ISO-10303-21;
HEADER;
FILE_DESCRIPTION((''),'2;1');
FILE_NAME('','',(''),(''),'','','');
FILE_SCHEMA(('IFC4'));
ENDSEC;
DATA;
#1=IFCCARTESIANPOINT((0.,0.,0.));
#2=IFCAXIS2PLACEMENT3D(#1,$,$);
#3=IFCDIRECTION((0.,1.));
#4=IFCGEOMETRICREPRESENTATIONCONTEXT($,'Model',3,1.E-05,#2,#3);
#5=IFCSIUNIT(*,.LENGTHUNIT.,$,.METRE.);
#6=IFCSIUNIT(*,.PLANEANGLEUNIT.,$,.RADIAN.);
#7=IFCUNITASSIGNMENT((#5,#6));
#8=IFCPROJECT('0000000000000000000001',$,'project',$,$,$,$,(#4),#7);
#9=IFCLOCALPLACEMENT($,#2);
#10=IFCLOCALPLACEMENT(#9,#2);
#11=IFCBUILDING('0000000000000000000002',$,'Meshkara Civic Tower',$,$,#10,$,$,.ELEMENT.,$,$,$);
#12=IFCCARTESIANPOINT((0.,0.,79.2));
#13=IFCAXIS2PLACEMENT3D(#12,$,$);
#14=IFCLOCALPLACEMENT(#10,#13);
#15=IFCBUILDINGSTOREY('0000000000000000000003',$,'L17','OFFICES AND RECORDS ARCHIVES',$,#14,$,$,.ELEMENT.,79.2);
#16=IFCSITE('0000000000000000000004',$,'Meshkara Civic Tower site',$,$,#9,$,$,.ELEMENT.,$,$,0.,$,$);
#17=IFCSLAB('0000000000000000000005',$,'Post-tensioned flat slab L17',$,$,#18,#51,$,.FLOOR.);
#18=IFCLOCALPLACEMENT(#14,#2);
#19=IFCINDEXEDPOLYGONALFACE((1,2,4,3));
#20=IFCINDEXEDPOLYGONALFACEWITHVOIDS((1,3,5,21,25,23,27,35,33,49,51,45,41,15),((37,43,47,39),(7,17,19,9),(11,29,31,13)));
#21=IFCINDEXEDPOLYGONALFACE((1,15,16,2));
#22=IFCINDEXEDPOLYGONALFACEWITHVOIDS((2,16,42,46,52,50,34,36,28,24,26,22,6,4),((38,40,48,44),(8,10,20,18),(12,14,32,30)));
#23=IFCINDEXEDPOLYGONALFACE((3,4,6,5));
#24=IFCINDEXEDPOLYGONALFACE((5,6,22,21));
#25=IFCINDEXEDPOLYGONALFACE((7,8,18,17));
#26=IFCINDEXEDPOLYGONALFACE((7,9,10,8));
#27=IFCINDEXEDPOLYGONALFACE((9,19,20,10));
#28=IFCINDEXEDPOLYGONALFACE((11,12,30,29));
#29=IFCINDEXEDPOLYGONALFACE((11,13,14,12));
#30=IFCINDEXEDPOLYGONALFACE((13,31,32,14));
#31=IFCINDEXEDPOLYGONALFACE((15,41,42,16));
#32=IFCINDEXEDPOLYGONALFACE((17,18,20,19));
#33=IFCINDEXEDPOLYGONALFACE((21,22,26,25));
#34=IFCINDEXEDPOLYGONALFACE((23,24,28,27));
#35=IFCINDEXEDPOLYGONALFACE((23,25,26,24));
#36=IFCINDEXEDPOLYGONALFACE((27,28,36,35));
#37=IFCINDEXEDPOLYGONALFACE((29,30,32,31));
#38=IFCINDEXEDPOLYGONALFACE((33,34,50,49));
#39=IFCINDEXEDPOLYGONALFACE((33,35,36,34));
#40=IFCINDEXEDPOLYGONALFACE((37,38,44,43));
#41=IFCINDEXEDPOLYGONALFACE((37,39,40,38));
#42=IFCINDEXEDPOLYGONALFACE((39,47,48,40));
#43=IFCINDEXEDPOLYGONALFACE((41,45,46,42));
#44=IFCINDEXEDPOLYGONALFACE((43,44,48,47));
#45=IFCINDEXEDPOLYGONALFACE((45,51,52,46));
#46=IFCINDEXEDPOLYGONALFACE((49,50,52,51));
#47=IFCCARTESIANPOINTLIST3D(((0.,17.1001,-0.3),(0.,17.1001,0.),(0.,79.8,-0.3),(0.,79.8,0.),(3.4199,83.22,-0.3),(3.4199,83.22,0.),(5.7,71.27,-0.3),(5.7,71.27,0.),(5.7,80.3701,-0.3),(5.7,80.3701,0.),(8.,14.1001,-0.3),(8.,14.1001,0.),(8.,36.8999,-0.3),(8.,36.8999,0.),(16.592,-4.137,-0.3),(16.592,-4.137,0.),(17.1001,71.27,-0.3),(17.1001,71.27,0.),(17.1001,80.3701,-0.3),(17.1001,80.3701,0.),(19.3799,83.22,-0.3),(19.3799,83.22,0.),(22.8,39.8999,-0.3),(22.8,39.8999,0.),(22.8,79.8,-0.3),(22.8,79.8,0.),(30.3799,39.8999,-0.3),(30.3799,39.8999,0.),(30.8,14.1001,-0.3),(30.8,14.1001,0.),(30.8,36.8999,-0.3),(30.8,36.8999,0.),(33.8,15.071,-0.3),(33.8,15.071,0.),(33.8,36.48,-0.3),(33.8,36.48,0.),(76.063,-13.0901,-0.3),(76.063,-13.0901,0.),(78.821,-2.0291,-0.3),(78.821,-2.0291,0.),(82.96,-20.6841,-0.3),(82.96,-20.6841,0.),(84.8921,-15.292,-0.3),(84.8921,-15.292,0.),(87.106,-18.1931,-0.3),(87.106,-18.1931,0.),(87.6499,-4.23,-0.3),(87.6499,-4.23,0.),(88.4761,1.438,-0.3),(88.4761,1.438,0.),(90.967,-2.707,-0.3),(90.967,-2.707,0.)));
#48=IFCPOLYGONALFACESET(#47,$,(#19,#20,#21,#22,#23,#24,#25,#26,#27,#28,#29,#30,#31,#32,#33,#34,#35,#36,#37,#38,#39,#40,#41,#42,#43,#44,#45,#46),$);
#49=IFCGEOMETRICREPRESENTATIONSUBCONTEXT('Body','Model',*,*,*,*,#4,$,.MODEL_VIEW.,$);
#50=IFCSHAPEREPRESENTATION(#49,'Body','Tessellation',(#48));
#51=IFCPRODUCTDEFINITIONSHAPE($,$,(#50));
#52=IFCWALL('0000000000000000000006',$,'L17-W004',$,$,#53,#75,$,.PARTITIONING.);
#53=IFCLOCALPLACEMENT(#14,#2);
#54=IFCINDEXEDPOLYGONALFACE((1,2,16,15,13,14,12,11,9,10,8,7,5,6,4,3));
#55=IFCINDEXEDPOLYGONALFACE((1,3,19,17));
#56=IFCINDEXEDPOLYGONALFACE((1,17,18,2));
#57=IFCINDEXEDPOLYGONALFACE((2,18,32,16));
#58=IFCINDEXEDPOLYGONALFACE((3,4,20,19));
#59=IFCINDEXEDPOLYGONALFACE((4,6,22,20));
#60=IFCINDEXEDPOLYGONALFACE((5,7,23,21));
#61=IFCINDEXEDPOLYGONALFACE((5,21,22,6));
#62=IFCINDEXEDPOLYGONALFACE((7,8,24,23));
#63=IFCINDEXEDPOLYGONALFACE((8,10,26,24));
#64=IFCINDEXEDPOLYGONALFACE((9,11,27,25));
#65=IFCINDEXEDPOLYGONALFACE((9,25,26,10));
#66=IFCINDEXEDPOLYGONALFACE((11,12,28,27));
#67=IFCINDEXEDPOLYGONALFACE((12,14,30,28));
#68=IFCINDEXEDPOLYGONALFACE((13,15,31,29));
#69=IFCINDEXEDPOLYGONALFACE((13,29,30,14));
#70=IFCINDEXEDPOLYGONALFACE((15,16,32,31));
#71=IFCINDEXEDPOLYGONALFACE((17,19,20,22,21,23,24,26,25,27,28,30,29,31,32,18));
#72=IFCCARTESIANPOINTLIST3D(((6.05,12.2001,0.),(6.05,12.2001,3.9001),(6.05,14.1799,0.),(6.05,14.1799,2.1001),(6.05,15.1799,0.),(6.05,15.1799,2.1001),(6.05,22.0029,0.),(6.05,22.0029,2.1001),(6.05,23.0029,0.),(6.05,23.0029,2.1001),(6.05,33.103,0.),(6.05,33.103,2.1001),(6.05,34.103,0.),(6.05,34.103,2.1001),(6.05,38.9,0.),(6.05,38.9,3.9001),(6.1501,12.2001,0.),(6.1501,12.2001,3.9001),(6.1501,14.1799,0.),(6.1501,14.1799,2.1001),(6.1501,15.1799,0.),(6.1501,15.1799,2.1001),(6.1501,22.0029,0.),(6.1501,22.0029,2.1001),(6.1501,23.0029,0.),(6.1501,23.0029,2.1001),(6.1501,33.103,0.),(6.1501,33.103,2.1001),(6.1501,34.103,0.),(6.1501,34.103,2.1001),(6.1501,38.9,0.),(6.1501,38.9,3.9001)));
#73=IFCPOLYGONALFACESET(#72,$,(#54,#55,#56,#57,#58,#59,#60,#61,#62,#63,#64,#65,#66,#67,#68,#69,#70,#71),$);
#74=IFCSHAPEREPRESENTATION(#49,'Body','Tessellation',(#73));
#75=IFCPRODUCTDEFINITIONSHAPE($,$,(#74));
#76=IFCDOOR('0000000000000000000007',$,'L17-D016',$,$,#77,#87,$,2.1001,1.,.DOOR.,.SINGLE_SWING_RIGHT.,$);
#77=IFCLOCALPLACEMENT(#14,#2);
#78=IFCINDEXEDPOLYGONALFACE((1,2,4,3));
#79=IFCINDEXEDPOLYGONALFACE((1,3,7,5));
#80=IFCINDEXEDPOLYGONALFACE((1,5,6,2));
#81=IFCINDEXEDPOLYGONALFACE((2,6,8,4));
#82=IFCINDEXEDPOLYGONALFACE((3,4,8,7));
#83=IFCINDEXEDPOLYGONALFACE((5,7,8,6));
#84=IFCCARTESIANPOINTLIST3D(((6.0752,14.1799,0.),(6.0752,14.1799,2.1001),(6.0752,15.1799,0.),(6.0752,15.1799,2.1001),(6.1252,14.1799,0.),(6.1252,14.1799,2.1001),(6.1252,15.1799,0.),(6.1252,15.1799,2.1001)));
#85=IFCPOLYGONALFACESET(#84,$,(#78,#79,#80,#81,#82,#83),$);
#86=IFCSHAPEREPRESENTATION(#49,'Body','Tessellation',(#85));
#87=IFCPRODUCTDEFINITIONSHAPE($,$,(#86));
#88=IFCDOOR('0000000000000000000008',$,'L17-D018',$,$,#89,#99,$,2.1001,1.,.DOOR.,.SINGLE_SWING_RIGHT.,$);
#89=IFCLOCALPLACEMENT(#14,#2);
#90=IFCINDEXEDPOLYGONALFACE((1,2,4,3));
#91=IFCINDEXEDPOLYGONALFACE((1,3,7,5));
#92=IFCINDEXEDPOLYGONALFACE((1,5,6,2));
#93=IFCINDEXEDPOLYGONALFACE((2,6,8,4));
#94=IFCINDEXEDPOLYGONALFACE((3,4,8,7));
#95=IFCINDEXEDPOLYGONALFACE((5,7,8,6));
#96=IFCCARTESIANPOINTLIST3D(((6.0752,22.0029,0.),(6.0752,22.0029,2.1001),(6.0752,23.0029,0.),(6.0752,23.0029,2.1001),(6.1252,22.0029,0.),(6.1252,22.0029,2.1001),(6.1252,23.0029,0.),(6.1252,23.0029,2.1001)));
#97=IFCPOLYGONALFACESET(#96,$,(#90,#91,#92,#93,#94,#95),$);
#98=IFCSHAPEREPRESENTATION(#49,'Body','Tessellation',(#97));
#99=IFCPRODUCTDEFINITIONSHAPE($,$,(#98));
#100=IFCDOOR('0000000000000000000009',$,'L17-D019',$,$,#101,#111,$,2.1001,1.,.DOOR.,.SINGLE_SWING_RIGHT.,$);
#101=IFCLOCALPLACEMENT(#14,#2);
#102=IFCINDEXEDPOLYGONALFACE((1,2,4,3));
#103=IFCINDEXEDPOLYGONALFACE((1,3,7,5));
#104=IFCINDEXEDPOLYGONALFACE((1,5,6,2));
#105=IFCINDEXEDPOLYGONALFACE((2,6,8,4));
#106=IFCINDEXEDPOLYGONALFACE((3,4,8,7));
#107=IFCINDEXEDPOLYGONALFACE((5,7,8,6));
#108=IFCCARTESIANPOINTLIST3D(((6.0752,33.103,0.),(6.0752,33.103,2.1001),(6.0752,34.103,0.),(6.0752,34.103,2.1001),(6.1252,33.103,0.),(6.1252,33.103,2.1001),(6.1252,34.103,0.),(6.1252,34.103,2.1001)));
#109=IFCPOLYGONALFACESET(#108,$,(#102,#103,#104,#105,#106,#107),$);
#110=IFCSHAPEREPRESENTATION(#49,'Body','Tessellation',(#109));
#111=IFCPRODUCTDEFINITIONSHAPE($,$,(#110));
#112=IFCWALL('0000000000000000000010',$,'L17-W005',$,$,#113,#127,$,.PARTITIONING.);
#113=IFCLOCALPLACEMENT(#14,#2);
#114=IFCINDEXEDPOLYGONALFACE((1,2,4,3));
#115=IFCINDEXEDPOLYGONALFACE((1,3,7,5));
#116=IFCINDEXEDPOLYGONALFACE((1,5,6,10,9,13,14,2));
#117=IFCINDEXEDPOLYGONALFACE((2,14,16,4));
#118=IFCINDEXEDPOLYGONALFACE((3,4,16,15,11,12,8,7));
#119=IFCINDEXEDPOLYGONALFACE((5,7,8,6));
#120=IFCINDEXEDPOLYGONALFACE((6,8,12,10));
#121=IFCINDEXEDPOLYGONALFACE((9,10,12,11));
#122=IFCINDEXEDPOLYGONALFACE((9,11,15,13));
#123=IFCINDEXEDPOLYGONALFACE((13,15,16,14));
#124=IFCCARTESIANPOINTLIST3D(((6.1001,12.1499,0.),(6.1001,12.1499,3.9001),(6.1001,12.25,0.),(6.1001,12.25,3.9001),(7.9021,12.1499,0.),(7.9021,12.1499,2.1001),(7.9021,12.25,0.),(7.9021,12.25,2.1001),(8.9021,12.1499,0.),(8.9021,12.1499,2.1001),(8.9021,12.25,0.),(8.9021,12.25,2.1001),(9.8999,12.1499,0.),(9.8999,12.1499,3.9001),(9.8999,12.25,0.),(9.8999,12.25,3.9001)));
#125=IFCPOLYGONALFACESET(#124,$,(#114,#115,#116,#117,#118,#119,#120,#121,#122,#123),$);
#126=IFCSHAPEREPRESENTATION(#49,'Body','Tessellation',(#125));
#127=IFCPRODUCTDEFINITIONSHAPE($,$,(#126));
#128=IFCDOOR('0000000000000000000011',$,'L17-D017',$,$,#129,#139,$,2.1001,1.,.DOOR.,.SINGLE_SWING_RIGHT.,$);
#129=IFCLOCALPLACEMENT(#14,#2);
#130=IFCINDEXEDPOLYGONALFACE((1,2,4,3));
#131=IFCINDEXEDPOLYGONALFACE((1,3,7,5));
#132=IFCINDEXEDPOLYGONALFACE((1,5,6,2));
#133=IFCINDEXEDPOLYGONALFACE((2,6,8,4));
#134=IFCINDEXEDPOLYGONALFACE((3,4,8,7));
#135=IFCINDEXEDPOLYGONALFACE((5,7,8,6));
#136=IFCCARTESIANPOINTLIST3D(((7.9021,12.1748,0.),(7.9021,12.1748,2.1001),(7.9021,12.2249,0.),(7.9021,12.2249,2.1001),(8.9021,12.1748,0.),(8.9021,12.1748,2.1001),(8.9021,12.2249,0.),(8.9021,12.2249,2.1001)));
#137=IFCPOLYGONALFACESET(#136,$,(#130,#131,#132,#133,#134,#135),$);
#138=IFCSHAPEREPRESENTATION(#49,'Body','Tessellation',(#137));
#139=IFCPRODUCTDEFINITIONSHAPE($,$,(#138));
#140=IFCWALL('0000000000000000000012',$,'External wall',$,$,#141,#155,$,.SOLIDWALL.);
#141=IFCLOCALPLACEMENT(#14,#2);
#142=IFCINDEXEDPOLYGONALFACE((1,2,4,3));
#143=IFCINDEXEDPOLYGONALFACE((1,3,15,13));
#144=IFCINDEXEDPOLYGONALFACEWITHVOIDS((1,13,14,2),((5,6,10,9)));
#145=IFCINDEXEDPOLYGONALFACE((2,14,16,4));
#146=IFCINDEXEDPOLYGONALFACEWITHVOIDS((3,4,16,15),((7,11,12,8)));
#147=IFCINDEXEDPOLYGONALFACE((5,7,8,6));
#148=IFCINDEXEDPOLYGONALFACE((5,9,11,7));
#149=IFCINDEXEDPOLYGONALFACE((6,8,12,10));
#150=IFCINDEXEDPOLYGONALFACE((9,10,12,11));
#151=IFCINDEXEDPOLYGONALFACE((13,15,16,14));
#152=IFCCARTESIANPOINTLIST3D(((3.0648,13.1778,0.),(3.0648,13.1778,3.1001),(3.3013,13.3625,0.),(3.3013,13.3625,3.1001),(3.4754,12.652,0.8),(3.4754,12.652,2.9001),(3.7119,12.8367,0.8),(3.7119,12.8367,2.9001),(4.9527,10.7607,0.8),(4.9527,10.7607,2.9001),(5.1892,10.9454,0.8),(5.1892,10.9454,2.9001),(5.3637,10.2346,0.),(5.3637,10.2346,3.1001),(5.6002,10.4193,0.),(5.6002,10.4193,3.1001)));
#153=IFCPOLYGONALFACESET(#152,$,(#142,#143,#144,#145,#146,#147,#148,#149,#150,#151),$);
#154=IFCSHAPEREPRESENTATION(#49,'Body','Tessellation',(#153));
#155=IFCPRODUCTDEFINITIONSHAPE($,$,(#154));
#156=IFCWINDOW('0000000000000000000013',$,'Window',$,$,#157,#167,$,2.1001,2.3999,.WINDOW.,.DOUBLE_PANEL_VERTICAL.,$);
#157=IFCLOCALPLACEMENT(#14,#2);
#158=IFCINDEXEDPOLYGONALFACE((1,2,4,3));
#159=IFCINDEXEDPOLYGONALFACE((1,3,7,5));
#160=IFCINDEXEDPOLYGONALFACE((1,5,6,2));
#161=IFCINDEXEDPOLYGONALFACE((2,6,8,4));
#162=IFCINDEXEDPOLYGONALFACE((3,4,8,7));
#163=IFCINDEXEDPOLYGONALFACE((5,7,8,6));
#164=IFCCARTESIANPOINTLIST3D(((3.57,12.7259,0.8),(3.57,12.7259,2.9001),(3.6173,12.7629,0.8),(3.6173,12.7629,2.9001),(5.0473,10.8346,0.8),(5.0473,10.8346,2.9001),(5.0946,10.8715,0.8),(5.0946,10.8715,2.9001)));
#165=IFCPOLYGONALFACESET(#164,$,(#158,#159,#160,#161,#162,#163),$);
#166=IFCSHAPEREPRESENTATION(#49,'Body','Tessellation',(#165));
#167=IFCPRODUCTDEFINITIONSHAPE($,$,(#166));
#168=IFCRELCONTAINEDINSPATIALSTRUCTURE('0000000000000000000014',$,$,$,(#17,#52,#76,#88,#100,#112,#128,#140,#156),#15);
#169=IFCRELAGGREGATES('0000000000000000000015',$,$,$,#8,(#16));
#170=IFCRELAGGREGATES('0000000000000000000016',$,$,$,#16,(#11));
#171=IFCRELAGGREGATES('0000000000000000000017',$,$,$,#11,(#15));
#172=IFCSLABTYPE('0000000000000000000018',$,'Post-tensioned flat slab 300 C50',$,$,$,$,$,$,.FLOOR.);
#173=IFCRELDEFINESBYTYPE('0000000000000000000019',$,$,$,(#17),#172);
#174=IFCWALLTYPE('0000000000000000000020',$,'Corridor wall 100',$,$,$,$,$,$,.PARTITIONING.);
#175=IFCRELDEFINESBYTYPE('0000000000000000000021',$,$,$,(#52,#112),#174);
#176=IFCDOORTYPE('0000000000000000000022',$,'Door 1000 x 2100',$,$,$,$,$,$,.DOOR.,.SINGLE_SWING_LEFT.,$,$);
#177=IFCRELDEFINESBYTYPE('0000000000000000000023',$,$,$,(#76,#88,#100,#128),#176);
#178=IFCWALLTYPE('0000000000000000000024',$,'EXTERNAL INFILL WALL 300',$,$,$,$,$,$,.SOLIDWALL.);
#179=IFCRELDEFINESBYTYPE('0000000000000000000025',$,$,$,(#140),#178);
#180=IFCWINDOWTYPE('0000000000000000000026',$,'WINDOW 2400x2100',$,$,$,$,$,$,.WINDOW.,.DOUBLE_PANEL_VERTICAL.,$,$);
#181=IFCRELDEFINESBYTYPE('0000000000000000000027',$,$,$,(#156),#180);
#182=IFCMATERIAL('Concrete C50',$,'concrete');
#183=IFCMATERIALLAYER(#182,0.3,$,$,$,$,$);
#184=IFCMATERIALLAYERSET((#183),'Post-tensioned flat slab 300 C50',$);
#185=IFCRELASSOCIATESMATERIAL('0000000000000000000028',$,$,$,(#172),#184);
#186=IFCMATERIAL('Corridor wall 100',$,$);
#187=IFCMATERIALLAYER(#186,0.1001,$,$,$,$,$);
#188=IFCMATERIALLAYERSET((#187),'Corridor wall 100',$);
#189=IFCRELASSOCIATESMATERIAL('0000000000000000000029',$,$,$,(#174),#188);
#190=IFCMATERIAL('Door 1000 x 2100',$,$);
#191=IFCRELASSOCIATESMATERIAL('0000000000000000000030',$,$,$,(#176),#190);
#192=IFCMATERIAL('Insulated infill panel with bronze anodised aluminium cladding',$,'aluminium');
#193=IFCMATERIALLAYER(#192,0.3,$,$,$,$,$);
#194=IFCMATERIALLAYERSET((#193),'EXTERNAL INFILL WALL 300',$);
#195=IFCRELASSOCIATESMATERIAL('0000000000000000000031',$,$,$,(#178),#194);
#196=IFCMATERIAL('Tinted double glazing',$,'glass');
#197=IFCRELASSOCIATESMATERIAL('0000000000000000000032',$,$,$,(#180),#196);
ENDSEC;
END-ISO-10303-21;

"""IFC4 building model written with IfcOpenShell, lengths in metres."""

from ifc_helpers import new_model, si_unit, direction, frame, frame_2d, origin, place, context, subcontext, project, spatial, polyline, rectangle, outline, extrude, material, layer, layer_set, type_object, element, fill, save


model = new_model("IFC4")

# Units and contexts
model_context = context("Model", 3, precision=1e-05, world=origin(), true_north=direction((0.0, 1.0)))
body_context = subcontext(model_context, "Body", "Model", "MODEL_VIEW")
ifc_project = project(units=[si_unit("LENGTHUNIT", "METRE"), si_unit("PLANEANGLEUNIT", "RADIAN")], contexts=[model_context])

# Site, building, storey
site_placement = place(None, origin())
site = spatial("IfcSite", under=ifc_project, at=site_placement, Name="Meshkara Civic Tower site", CompositionType="ELEMENT", RefElevation=0.0)
building_placement = place(site_placement, origin())
building = spatial("IfcBuilding", under=site, at=building_placement, Name="Meshkara Civic Tower", CompositionType="ELEMENT")
storey_placement = place(building_placement, frame((0.0, 0.0, 79.2)))
storey = spatial("IfcBuildingStorey", under=building, at=storey_placement, Name="L17", Description="OFFICES AND RECORDS ARCHIVES", CompositionType="ELEMENT", Elevation=79.2)

# Slab
ifc_material_1 = material(Name="Concrete C50", Category="concrete")
ifc_layer_1 = layer(ifc_material_1, 0.3)
ifc_layer_set_1 = layer_set([ifc_layer_1], Name="Post-tensioned flat slab 300 C50")
slab_type_1 = type_object("IfcSlabType", Name="Post-tensioned flat slab 300 C50", PredefinedType="FLOOR", material=ifc_layer_set_1)
slab_1_placement = place(storey_placement, frame((0.0, 0.0, -0.3)))
element("IfcSlab", 1, at=slab_1_placement, inside=storey, type_object=slab_type_1, Name="Post-tensioned flat slab L17", PredefinedType="FLOOR", context=body_context, shape_type="SweptSolid", body=[
    extrude(outline(polyline([(87.106, -18.1931), (82.96, -20.6841), (16.592, -4.137), (0.0, 17.1001), (0.0, 79.8), (3.4199, 83.22), (19.3799, 83.22), (22.8, 79.8), (22.8, 39.8999), (30.3799, 39.8999), (33.8, 36.48), (33.8, 15.071), (88.4761, 1.438), (90.967, -2.707), (87.106, -18.1931)]), holes=[polyline([(84.8921, -15.292), (87.6499, -4.23), (78.821, -2.0291), (76.063, -13.0901), (84.8921, -15.292)]), polyline([(8.0, 14.1001), (30.8, 14.1001), (30.8, 36.8999), (8.0, 36.8999), (8.0, 14.1001)]), polyline([(5.7, 80.3701), (5.7, 71.27), (17.1001, 71.27), (17.1001, 80.3701), (5.7, 80.3701)])]), origin(), (0.0, 0.0, 1.0), 0.3),
])

# Wall, openings, doors
ifc_material_2 = material(Name="Corridor wall 100")
ifc_layer_2 = layer(ifc_material_2, 0.1001)
ifc_layer_set_2 = layer_set([ifc_layer_2], Name="Corridor wall 100")
wall_type_1 = type_object("IfcWallType", Name="Corridor wall 100", PredefinedType="PARTITIONING", material=ifc_layer_set_2)
wall_1_placement = place(storey_placement, frame((6.1001, 12.2, 0.0), z_axis=(0.0, 0.0, 1.0), x_axis=(0.0, 1.0, 0.0)))
wall_1 = element("IfcWall", 2, at=wall_1_placement, inside=storey, type_object=wall_type_1, Name="L17-W004", PredefinedType="PARTITIONING", context=body_context, shape_type="SweptSolid", body=[
    extrude(rectangle(XDim=26.7, YDim=0.1001, at=frame_2d((13.3501, 0.0))), origin(), (0.0, 0.0, 1.0), 3.9001),
])
opening_1_placement = place(wall_1_placement, frame((1.98, 0.0, 0.0)))
opening_1 = element("IfcOpeningElement", 3, at=opening_1_placement, cuts=wall_1, PredefinedType="OPENING", context=body_context, shape_type="SweptSolid", body=[
    extrude(rectangle(XDim=1.0, YDim=2.1001, at=frame_2d((0.5, 1.05))), frame((0.0, 0.0601, 0.0), z_axis=(0.0, -1.0, 0.0), x_axis=(1.0, 0.0, 0.0)), (0.0, 0.0, 1.0), 0.1201),
])
opening_2_placement = place(wall_1_placement, frame((9.803, 0.0, 0.0)))
opening_2 = element("IfcOpeningElement", 4, at=opening_2_placement, cuts=wall_1, PredefinedType="OPENING", context=body_context, shape_type="SweptSolid", body=[
    extrude(rectangle(XDim=1.0, YDim=2.1001, at=frame_2d((0.5, 1.05))), frame((0.0, 0.0601, 0.0), z_axis=(0.0, -1.0, 0.0), x_axis=(1.0, 0.0, 0.0)), (0.0, 0.0, 1.0), 0.1201),
])
opening_3_placement = place(wall_1_placement, frame((20.9031, 0.0, 0.0)))
opening_3 = element("IfcOpeningElement", 5, at=opening_3_placement, cuts=wall_1, PredefinedType="OPENING", context=body_context, shape_type="SweptSolid", body=[
    extrude(rectangle(XDim=1.0, YDim=2.1001, at=frame_2d((0.5, 1.05))), frame((0.0, 0.0601, 0.0), z_axis=(0.0, -1.0, 0.0), x_axis=(1.0, 0.0, 0.0)), (0.0, 0.0, 1.0), 0.1201),
])
ifc_material_3 = material(Name="Door 1000 x 2100")
door_type = type_object("IfcDoorType", Name="Door 1000 x 2100", OperationType="SINGLE_SWING_LEFT", PredefinedType="DOOR", material=ifc_material_3)
door_1_placement = place(opening_1_placement, origin())
door_1 = element("IfcDoor", 6, at=door_1_placement, inside=storey, type_object=door_type, Name="L17-D016", OperationType="SINGLE_SWING_RIGHT", OverallHeight=2.1001, OverallWidth=1.0, PredefinedType="DOOR", context=body_context, shape_type="SweptSolid", body=[
    extrude(rectangle(XDim=1.0, YDim=2.1001, at=frame_2d((0.5, 1.05))), frame((0.0, 0.0249, 0.0), z_axis=(0.0, -1.0, 0.0), x_axis=(1.0, 0.0, 0.0)), (0.0, 0.0, 1.0), 0.05),
])
fill(opening_1, door_1)
door_2_placement = place(opening_2_placement, origin())
door_2 = element("IfcDoor", 7, at=door_2_placement, inside=storey, type_object=door_type, Name="L17-D018", OperationType="SINGLE_SWING_RIGHT", OverallHeight=2.1001, OverallWidth=1.0, PredefinedType="DOOR", context=body_context, shape_type="SweptSolid", body=[
    extrude(rectangle(XDim=1.0, YDim=2.1001, at=frame_2d((0.5, 1.05))), frame((0.0, 0.0249, 0.0), z_axis=(0.0, -1.0, 0.0), x_axis=(1.0, 0.0, 0.0)), (0.0, 0.0, 1.0), 0.05),
])
fill(opening_2, door_2)
door_3_placement = place(opening_3_placement, origin())
door_3 = element("IfcDoor", 8, at=door_3_placement, inside=storey, type_object=door_type, Name="L17-D019", OperationType="SINGLE_SWING_RIGHT", OverallHeight=2.1001, OverallWidth=1.0, PredefinedType="DOOR", context=body_context, shape_type="SweptSolid", body=[
    extrude(rectangle(XDim=1.0, YDim=2.1001, at=frame_2d((0.5, 1.05))), frame((0.0, 0.0249, 0.0), z_axis=(0.0, -1.0, 0.0), x_axis=(1.0, 0.0, 0.0)), (0.0, 0.0, 1.0), 0.05),
])
fill(opening_3, door_3)

# Wall, opening, door
wall_2_placement = place(storey_placement, frame((6.1001, 12.2, 0.0), z_axis=(0.0, 0.0, 1.0), x_axis=(1.0, 0.0, 0.0)))
wall_2 = element("IfcWall", 9, at=wall_2_placement, inside=storey, type_object=wall_type_1, Name="L17-W005", PredefinedType="PARTITIONING", context=body_context, shape_type="SweptSolid", body=[
    extrude(rectangle(XDim=3.7998, YDim=0.1001, at=frame_2d((1.8999, 0.0))), origin(), (0.0, 0.0, 1.0), 3.9001),
])
opening_4_placement = place(wall_2_placement, frame((1.802, 0.0, 0.0)))
opening_4 = element("IfcOpeningElement", 10, at=opening_4_placement, cuts=wall_2, PredefinedType="OPENING", context=body_context, shape_type="SweptSolid", body=[
    extrude(rectangle(XDim=1.0, YDim=2.1001, at=frame_2d((0.5, 1.05))), frame((0.0, 0.0601, 0.0), z_axis=(0.0, -1.0, 0.0), x_axis=(1.0, 0.0, 0.0)), (0.0, 0.0, 1.0), 0.1201),
])
door_4_placement = place(opening_4_placement, origin())
door_4 = element("IfcDoor", 11, at=door_4_placement, inside=storey, type_object=door_type, Name="L17-D017", OperationType="SINGLE_SWING_RIGHT", OverallHeight=2.1001, OverallWidth=1.0, PredefinedType="DOOR", context=body_context, shape_type="SweptSolid", body=[
    extrude(rectangle(XDim=1.0, YDim=2.1001, at=frame_2d((0.5, 1.05))), frame((0.0, 0.0249, 0.0), z_axis=(0.0, -1.0, 0.0), x_axis=(1.0, 0.0, 0.0)), (0.0, 0.0, 1.0), 0.05),
])
fill(opening_4, door_4)

# Wall, opening, window
ifc_material_4 = material(Name="Insulated infill panel with bronze anodised aluminium cladding", Category="aluminium")
ifc_layer_3 = layer(ifc_material_4, 0.3)
ifc_layer_set_3 = layer_set([ifc_layer_3], Name="EXTERNAL INFILL WALL 300")
wall_type_2 = type_object("IfcWallType", Name="EXTERNAL INFILL WALL 300", PredefinedType="SOLIDWALL", material=ifc_layer_set_3)
wall_3_placement = place(storey_placement, frame((3.1831, 13.27, 0.0), z_axis=(0.0, 0.0, 1.0), x_axis=(0.615564, -0.788087, 0.0)))
wall_3 = element("IfcWall", 12, at=wall_3_placement, inside=storey, type_object=wall_type_2, Name="External wall", PredefinedType="SOLIDWALL", context=body_context, shape_type="SweptSolid", body=[
    extrude(rectangle(XDim=3.7346, YDim=0.3, at=frame_2d((1.8672, 0.0))), origin(), (0.0, 0.0, 1.0), 3.1001),
])
opening_5_placement = place(wall_3_placement, frame((0.667, 0.0, 0.8)))
opening_5 = element("IfcOpeningElement", 13, at=opening_5_placement, cuts=wall_3, PredefinedType="OPENING", context=body_context, shape_type="SweptSolid", body=[
    extrude(rectangle(XDim=2.3999, YDim=2.1001, at=frame_2d((1.2, 1.05))), frame((0.0, 0.1599, 0.0), z_axis=(0.0, -1.0, 0.0), x_axis=(1.0, 0.0, 0.0)), (0.0, 0.0, 1.0), 0.3201),
])
ifc_material_5 = material(Name="Tinted double glazing", Category="glass")
window_type = type_object("IfcWindowType", Name="WINDOW 2400x2100", PartitioningType="DOUBLE_PANEL_VERTICAL", PredefinedType="WINDOW", material=ifc_material_5)
window_placement = place(opening_5_placement, origin())
window = element("IfcWindow", 14, at=window_placement, inside=storey, type_object=window_type, Name="Window", OverallHeight=2.1001, OverallWidth=2.3999, PartitioningType="DOUBLE_PANEL_VERTICAL", PredefinedType="WINDOW", context=body_context, shape_type="SweptSolid", body=[
    extrude(rectangle(XDim=2.3999, YDim=2.1001, at=frame_2d((1.2, 1.05))), frame((0.0, 0.03, 0.0), z_axis=(0.0, -1.0, 0.0), x_axis=(1.0, 0.0, 0.0)), (0.0, 0.0, 1.0), 0.0601),
])
fill(opening_5, window)

save(model, "model.ifc")
